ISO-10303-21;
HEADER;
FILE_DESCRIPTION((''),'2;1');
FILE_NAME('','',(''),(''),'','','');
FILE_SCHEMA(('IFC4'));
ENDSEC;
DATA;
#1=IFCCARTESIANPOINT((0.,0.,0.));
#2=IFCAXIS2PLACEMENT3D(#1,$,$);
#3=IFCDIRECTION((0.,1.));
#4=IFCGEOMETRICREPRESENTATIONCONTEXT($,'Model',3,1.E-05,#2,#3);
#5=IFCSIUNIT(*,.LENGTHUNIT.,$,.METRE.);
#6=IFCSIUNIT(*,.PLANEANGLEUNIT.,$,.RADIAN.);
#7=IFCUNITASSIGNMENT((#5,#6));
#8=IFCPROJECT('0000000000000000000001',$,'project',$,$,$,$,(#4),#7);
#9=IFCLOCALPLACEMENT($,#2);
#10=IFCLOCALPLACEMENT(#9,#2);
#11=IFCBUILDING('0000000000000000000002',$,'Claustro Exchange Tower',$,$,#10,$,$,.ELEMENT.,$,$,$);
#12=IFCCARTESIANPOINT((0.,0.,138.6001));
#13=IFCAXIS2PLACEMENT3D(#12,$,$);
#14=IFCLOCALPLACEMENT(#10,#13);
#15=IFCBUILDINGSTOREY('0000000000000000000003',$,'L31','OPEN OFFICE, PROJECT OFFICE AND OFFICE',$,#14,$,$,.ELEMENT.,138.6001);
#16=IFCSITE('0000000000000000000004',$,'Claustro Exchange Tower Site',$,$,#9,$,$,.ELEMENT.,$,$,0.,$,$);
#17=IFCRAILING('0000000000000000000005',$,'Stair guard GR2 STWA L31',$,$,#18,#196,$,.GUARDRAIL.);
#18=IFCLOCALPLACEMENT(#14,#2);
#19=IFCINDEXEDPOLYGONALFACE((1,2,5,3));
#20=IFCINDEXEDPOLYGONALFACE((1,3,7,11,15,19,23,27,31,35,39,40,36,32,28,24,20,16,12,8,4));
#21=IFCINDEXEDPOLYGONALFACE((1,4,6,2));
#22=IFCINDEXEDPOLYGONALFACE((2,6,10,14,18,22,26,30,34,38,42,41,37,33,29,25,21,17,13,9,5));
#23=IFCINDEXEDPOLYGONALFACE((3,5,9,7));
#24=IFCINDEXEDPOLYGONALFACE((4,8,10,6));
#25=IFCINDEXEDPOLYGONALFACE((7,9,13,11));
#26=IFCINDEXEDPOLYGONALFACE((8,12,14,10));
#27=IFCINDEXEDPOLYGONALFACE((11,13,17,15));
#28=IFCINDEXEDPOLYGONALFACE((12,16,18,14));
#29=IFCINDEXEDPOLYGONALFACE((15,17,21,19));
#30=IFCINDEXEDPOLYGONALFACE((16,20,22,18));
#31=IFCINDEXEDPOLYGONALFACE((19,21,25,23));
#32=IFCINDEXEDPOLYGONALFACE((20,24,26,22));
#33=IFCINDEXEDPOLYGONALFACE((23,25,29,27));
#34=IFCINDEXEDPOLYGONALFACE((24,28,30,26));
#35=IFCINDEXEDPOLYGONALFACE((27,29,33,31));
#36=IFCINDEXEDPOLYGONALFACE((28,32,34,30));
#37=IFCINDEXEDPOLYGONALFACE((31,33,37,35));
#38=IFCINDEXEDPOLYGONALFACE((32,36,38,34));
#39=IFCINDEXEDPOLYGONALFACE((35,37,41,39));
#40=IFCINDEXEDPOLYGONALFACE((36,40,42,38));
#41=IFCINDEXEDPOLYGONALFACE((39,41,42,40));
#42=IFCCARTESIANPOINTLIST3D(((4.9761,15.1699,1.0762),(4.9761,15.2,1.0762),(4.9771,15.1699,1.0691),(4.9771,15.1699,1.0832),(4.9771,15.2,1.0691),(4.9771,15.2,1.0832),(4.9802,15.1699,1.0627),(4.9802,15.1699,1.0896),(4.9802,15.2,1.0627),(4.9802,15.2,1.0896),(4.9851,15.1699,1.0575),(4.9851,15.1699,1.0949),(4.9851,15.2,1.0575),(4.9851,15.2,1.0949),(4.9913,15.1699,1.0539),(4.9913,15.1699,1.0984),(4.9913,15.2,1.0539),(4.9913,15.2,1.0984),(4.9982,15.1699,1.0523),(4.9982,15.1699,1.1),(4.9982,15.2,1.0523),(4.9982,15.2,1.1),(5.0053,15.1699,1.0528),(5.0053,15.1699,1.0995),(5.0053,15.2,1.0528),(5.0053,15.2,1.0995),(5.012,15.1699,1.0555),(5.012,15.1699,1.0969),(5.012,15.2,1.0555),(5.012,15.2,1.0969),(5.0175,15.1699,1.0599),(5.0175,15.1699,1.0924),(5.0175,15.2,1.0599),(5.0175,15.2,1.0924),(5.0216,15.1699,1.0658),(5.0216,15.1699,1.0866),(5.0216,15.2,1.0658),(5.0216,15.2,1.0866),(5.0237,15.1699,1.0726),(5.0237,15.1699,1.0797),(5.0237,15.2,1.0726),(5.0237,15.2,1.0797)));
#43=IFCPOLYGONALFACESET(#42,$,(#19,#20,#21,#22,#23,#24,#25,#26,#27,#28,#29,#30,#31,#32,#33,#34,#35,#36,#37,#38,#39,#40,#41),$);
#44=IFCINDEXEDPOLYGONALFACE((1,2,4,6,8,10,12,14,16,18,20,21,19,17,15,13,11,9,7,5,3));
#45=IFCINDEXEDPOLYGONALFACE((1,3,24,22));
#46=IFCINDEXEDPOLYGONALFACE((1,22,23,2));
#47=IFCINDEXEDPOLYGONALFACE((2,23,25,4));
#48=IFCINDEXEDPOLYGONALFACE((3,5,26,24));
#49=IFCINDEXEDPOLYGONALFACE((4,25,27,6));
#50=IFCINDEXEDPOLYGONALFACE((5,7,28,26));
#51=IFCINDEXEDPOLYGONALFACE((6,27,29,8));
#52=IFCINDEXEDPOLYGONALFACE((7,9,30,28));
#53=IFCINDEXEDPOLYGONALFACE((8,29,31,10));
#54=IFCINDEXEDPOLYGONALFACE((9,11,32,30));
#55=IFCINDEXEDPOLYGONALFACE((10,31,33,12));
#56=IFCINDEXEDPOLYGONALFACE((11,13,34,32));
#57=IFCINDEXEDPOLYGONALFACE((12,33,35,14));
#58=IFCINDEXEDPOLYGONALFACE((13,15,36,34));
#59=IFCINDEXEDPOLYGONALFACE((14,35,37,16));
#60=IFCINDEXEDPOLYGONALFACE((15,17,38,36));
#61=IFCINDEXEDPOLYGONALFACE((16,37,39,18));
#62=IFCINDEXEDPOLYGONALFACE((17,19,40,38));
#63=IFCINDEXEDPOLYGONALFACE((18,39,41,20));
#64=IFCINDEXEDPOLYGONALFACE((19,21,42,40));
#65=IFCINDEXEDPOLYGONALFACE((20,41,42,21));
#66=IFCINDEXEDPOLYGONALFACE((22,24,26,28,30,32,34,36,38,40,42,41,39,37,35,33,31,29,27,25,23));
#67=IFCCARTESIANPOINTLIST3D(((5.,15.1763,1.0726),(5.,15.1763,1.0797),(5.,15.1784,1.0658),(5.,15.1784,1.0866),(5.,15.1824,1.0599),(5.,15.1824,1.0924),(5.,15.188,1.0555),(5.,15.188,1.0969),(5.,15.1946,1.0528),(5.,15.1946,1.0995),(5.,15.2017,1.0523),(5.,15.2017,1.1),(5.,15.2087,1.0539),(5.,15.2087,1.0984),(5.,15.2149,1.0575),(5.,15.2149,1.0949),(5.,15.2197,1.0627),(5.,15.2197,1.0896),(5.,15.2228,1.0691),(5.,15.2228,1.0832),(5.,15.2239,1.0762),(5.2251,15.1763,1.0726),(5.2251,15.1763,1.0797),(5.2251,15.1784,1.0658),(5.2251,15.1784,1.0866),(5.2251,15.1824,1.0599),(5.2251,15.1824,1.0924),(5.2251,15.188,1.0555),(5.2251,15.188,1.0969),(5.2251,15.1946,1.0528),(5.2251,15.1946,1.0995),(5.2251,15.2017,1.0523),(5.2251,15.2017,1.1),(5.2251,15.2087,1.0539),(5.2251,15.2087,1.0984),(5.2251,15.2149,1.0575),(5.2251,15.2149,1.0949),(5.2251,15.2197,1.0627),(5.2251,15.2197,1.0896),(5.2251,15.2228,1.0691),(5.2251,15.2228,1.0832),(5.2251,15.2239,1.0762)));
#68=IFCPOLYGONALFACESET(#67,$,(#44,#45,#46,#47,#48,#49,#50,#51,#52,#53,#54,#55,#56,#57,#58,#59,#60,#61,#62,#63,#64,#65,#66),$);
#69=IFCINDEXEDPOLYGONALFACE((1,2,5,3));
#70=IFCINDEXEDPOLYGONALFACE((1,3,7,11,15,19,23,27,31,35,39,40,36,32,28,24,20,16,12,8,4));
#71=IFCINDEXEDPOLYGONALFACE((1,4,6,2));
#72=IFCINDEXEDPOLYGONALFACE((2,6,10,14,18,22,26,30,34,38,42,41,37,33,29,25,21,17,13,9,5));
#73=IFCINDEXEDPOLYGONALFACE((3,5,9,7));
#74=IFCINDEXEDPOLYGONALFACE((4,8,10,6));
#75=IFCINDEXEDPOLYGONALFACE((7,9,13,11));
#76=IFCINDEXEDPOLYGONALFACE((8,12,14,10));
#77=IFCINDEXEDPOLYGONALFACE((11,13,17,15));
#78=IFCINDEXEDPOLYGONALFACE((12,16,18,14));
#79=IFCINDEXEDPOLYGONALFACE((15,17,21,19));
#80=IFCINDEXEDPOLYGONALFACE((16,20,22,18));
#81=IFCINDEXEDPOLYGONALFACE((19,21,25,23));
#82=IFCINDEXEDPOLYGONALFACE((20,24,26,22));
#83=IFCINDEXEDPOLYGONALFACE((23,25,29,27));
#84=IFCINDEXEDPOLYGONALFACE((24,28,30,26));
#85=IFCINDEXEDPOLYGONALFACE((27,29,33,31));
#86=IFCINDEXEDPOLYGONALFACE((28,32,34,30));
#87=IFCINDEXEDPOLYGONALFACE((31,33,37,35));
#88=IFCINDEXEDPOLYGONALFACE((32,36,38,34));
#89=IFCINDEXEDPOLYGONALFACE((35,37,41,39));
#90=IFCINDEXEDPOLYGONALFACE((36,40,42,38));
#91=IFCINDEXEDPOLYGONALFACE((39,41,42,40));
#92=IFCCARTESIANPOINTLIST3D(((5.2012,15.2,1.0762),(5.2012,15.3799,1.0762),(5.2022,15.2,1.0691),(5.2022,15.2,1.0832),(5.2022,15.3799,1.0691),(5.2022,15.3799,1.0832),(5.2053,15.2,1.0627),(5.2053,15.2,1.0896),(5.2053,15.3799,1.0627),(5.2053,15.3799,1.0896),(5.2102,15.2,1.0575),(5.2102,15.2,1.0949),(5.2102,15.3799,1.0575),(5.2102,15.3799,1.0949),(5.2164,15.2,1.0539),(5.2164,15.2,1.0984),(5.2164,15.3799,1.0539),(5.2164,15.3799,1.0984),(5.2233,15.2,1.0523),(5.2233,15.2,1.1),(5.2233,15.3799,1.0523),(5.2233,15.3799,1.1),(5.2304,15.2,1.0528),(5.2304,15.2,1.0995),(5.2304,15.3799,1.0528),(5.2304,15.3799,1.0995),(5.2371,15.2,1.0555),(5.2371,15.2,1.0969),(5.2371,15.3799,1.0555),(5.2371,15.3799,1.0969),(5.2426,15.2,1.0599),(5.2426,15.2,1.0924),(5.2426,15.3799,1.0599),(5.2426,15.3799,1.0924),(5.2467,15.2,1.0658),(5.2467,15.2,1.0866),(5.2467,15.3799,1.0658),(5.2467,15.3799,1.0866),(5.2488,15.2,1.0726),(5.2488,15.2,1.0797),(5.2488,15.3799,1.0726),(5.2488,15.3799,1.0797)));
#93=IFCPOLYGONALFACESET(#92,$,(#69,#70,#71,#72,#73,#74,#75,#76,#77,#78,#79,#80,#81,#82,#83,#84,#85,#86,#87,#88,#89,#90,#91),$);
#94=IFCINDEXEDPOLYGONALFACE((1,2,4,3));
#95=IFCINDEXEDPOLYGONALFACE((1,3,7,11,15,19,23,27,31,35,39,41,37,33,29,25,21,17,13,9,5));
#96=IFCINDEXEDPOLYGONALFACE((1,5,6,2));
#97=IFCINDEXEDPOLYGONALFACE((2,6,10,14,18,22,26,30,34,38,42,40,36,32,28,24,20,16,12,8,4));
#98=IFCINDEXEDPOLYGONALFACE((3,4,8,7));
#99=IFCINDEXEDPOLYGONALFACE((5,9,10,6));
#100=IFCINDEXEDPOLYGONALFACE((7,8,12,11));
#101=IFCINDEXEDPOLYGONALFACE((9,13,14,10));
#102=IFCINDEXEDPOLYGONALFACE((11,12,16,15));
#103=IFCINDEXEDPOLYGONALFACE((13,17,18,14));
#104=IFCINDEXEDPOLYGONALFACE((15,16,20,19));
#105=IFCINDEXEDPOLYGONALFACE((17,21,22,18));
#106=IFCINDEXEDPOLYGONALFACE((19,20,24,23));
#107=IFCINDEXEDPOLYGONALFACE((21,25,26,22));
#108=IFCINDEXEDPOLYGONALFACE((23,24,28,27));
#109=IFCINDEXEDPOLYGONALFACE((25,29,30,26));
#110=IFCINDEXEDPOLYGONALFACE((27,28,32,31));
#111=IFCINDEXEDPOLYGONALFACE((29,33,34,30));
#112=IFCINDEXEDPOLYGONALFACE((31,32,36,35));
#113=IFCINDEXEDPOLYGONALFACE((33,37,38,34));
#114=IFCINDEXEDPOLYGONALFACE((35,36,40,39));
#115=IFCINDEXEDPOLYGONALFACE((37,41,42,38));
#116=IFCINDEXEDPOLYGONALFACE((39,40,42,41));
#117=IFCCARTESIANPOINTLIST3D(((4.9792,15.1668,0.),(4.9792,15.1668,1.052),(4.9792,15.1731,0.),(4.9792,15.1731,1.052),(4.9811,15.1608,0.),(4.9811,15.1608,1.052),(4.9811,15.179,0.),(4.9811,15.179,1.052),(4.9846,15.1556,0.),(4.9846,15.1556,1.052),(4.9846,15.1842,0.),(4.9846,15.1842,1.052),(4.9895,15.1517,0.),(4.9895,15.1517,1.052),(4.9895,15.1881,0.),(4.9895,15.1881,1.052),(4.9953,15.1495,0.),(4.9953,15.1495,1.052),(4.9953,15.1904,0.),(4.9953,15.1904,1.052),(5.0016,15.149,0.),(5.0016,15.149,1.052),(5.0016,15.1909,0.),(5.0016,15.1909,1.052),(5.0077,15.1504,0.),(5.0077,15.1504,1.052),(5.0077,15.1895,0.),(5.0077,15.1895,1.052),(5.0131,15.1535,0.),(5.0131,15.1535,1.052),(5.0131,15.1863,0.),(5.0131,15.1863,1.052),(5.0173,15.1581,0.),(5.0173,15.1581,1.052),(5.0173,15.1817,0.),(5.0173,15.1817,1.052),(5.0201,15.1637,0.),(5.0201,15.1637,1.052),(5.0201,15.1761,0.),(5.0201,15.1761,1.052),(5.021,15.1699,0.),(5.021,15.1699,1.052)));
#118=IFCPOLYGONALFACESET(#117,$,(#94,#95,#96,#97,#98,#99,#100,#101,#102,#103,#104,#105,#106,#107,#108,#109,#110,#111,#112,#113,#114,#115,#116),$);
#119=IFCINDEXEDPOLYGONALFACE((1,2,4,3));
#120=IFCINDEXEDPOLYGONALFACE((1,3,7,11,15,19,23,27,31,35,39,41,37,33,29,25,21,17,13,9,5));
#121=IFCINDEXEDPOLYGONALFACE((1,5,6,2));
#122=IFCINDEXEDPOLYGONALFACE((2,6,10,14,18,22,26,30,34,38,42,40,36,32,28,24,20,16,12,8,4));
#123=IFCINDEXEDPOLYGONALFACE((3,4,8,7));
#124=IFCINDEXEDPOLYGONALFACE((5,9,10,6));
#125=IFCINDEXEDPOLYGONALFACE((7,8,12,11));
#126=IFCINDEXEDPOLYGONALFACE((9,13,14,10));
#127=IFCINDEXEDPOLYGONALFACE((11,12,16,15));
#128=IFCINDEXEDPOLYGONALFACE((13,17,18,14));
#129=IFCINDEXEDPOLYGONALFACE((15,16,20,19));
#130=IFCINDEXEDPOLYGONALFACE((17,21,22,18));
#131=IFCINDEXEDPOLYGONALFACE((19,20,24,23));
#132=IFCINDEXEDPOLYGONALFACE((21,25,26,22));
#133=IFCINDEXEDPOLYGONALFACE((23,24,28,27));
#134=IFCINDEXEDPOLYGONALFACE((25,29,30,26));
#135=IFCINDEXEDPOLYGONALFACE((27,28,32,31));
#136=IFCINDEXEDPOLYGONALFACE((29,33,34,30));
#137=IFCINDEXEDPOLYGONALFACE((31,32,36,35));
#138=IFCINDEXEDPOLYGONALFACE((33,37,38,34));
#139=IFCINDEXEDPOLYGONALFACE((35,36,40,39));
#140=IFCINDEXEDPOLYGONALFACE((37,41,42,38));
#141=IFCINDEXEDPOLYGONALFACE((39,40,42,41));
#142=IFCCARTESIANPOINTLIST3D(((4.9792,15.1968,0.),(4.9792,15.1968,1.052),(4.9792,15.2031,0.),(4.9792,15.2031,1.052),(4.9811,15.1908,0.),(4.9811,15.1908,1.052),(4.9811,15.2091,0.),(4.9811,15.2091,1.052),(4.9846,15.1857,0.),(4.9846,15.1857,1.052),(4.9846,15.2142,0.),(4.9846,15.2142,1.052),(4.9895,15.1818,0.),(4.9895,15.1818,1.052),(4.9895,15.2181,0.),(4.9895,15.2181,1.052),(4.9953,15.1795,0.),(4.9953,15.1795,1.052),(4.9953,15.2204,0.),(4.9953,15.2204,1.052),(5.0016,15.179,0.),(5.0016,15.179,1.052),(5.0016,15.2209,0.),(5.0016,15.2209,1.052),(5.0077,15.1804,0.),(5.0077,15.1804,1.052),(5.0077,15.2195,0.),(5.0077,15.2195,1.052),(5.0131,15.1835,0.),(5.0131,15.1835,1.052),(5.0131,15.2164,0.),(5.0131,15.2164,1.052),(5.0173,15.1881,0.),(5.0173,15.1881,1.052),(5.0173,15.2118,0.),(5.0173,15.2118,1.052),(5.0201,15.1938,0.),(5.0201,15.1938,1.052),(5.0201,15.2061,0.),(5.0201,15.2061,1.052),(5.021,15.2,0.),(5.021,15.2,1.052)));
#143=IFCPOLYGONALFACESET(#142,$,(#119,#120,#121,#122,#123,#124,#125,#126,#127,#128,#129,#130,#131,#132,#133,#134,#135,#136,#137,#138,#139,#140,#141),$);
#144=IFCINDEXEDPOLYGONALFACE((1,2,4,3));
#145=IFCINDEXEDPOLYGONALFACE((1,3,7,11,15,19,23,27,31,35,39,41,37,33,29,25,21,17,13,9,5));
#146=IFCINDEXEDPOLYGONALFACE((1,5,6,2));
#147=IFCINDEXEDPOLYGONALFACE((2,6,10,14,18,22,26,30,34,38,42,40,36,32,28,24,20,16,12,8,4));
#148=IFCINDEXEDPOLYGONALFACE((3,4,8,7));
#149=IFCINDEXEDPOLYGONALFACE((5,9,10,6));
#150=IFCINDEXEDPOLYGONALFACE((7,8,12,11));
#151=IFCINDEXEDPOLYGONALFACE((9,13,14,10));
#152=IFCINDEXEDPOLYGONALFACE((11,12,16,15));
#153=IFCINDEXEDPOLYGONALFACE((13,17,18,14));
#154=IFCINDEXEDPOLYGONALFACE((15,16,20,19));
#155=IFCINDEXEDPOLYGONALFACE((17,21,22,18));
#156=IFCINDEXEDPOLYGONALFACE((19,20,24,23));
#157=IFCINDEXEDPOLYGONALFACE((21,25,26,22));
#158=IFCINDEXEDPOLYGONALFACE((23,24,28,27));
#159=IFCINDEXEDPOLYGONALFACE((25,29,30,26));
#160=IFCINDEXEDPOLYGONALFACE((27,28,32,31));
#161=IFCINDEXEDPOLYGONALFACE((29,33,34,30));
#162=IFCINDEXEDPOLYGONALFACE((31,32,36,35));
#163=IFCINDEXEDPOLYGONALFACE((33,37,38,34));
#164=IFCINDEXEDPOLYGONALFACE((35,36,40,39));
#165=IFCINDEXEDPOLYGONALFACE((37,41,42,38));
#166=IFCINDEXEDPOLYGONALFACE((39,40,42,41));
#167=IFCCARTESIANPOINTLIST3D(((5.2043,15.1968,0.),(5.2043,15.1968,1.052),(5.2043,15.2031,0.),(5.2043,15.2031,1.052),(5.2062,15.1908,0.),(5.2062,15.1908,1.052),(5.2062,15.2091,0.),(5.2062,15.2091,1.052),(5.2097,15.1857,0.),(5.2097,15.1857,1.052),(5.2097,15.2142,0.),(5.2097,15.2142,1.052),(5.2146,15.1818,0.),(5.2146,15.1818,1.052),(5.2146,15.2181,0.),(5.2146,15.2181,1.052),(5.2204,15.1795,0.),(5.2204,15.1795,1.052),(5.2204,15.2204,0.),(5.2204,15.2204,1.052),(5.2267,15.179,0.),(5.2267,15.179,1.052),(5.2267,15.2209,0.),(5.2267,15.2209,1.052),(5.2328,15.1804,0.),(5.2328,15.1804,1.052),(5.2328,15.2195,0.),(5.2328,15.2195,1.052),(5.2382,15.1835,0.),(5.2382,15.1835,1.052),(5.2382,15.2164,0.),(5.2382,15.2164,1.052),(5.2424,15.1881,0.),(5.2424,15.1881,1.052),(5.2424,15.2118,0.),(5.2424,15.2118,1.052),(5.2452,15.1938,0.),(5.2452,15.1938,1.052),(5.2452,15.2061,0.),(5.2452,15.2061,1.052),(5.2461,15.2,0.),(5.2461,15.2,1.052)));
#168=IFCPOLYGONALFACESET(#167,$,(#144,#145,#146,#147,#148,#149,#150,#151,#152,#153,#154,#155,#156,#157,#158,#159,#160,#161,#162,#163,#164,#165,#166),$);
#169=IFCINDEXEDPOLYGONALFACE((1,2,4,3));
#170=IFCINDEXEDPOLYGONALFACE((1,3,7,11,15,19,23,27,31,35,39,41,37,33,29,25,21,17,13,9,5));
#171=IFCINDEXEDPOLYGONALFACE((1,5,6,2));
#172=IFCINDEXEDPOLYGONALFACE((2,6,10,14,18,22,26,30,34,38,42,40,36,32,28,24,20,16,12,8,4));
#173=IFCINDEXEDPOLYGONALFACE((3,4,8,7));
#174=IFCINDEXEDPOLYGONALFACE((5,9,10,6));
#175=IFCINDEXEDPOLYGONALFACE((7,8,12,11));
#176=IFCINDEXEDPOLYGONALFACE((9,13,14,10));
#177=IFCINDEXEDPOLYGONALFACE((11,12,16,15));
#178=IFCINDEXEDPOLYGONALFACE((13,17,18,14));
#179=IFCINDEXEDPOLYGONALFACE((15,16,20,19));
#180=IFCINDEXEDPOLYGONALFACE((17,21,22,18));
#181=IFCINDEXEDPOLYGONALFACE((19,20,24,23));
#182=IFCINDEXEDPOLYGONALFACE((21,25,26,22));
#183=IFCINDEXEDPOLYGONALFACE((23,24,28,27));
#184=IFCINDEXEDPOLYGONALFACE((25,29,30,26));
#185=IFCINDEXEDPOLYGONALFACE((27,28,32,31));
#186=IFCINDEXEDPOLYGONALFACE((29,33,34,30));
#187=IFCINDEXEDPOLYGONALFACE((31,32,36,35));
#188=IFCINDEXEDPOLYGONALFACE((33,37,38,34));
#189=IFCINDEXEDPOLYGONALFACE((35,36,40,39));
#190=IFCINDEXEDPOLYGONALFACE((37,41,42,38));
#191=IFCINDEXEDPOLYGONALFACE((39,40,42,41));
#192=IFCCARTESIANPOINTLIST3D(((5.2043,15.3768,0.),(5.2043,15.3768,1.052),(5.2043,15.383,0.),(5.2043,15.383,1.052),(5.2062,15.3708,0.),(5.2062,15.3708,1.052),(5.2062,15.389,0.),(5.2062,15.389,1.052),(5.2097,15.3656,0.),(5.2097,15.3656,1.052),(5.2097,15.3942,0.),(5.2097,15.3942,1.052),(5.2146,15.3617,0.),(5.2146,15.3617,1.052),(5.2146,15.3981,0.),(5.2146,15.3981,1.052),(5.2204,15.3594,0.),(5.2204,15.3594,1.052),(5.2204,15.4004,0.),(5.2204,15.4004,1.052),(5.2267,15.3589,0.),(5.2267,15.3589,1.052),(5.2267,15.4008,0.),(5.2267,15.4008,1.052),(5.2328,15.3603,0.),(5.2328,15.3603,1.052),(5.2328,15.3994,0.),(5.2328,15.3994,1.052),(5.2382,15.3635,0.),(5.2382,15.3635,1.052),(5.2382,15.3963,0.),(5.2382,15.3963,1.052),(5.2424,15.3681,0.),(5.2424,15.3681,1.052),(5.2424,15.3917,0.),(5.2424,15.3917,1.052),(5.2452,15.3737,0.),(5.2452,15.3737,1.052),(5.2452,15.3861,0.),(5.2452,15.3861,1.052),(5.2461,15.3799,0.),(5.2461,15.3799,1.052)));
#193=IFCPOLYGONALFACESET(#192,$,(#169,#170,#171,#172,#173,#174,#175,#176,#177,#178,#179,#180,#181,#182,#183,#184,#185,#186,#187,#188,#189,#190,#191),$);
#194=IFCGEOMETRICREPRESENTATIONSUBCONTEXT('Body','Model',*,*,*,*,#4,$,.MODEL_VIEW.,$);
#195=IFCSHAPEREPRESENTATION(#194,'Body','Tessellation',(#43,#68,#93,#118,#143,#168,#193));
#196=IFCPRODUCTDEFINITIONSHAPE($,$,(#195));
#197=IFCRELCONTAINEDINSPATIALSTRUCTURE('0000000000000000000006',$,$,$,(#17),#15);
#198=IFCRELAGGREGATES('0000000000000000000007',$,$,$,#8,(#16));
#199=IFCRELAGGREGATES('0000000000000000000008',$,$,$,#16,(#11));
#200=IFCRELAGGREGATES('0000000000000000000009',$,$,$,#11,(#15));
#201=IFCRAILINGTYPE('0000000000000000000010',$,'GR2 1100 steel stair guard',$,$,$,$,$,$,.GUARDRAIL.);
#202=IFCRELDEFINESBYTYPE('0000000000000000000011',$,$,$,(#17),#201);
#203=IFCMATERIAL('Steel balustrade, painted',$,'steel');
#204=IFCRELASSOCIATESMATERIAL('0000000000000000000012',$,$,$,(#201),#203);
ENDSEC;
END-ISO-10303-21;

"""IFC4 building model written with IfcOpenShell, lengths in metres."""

from ifc_helpers import new_model, si_unit, direction, frame, origin, origin_2d, place, context, subcontext, project, spatial, circle, extrude, material, type_object, element, save


model = new_model("IFC4")

# Units and contexts
model_context = context("Model", 3, precision=1e-05, world=origin(), true_north=direction((0.0, 1.0)))
body_context = subcontext(model_context, "Body", "Model", "MODEL_VIEW")
ifc_project = project(units=[si_unit("LENGTHUNIT", "METRE"), si_unit("PLANEANGLEUNIT", "RADIAN")], contexts=[model_context])

# Site, building, storey
site_placement = place(None, origin())
site = spatial("IfcSite", under=ifc_project, at=site_placement, Name="Claustro Exchange Tower Site", CompositionType="ELEMENT", RefElevation=0.0)
building_placement = place(site_placement, origin())
building = spatial("IfcBuilding", under=site, at=building_placement, Name="Claustro Exchange Tower", CompositionType="ELEMENT")
storey_placement = place(building_placement, frame((0.0, 0.0, 138.6001)))
storey = spatial("IfcBuildingStorey", under=building, at=storey_placement, Name="L31", Description="OPEN OFFICE, PROJECT OFFICE AND OFFICE", CompositionType="ELEMENT", Elevation=138.6001)

# Railing
ifc_material_1 = material(Name="Steel balustrade, painted", Category="steel")
railing_type_1 = type_object("IfcRailingType", Name="GR2 1100 steel stair guard", PredefinedType="GUARDRAIL", material=ifc_material_1)
railing_1_placement = place(storey_placement, frame((5.0, 15.1699, 0.0)))
element("IfcRailing", 1, at=railing_1_placement, inside=storey, type_object=railing_type_1, Name="Stair guard GR2 STWA L31", PredefinedType="GUARDRAIL", context=body_context, shape_type="SweptSolid", body=[
    extrude(circle(Radius=0.0239, at=origin_2d()), frame((0.0, 0.0, 1.0762), z_axis=(0.0, 1.0, 0.0), x_axis=(-1.0, 0.0, 0.0)), (0.0, 0.0, 1.0), 0.03),
    extrude(circle(Radius=0.0239, at=origin_2d()), frame((0.0, 0.03, 1.0762), z_axis=(1.0, 0.0, 0.0), x_axis=(0.0, 1.0, 0.0)), (0.0, 0.0, 1.0), 0.2251),
    extrude(circle(Radius=0.0239, at=origin_2d()), frame((0.2251, 0.03, 1.0762), z_axis=(0.0, 1.0, 0.0), x_axis=(-1.0, 0.0, 0.0)), (0.0, 0.0, 1.0), 0.1799),
    extrude(circle(Radius=0.021, at=origin_2d()), origin(), (0.0, 0.0, 1.0), 1.052),
    extrude(circle(Radius=0.021, at=origin_2d()), frame((0.0, 0.03, 0.0)), (0.0, 0.0, 1.0), 1.052),
    extrude(circle(Radius=0.021, at=origin_2d()), frame((0.2251, 0.03, 0.0)), (0.0, 0.0, 1.0), 1.052),
    extrude(circle(Radius=0.021, at=origin_2d()), frame((0.2251, 0.21, 0.0)), (0.0, 0.0, 1.0), 1.052),
])

save(model, "model.ifc")
